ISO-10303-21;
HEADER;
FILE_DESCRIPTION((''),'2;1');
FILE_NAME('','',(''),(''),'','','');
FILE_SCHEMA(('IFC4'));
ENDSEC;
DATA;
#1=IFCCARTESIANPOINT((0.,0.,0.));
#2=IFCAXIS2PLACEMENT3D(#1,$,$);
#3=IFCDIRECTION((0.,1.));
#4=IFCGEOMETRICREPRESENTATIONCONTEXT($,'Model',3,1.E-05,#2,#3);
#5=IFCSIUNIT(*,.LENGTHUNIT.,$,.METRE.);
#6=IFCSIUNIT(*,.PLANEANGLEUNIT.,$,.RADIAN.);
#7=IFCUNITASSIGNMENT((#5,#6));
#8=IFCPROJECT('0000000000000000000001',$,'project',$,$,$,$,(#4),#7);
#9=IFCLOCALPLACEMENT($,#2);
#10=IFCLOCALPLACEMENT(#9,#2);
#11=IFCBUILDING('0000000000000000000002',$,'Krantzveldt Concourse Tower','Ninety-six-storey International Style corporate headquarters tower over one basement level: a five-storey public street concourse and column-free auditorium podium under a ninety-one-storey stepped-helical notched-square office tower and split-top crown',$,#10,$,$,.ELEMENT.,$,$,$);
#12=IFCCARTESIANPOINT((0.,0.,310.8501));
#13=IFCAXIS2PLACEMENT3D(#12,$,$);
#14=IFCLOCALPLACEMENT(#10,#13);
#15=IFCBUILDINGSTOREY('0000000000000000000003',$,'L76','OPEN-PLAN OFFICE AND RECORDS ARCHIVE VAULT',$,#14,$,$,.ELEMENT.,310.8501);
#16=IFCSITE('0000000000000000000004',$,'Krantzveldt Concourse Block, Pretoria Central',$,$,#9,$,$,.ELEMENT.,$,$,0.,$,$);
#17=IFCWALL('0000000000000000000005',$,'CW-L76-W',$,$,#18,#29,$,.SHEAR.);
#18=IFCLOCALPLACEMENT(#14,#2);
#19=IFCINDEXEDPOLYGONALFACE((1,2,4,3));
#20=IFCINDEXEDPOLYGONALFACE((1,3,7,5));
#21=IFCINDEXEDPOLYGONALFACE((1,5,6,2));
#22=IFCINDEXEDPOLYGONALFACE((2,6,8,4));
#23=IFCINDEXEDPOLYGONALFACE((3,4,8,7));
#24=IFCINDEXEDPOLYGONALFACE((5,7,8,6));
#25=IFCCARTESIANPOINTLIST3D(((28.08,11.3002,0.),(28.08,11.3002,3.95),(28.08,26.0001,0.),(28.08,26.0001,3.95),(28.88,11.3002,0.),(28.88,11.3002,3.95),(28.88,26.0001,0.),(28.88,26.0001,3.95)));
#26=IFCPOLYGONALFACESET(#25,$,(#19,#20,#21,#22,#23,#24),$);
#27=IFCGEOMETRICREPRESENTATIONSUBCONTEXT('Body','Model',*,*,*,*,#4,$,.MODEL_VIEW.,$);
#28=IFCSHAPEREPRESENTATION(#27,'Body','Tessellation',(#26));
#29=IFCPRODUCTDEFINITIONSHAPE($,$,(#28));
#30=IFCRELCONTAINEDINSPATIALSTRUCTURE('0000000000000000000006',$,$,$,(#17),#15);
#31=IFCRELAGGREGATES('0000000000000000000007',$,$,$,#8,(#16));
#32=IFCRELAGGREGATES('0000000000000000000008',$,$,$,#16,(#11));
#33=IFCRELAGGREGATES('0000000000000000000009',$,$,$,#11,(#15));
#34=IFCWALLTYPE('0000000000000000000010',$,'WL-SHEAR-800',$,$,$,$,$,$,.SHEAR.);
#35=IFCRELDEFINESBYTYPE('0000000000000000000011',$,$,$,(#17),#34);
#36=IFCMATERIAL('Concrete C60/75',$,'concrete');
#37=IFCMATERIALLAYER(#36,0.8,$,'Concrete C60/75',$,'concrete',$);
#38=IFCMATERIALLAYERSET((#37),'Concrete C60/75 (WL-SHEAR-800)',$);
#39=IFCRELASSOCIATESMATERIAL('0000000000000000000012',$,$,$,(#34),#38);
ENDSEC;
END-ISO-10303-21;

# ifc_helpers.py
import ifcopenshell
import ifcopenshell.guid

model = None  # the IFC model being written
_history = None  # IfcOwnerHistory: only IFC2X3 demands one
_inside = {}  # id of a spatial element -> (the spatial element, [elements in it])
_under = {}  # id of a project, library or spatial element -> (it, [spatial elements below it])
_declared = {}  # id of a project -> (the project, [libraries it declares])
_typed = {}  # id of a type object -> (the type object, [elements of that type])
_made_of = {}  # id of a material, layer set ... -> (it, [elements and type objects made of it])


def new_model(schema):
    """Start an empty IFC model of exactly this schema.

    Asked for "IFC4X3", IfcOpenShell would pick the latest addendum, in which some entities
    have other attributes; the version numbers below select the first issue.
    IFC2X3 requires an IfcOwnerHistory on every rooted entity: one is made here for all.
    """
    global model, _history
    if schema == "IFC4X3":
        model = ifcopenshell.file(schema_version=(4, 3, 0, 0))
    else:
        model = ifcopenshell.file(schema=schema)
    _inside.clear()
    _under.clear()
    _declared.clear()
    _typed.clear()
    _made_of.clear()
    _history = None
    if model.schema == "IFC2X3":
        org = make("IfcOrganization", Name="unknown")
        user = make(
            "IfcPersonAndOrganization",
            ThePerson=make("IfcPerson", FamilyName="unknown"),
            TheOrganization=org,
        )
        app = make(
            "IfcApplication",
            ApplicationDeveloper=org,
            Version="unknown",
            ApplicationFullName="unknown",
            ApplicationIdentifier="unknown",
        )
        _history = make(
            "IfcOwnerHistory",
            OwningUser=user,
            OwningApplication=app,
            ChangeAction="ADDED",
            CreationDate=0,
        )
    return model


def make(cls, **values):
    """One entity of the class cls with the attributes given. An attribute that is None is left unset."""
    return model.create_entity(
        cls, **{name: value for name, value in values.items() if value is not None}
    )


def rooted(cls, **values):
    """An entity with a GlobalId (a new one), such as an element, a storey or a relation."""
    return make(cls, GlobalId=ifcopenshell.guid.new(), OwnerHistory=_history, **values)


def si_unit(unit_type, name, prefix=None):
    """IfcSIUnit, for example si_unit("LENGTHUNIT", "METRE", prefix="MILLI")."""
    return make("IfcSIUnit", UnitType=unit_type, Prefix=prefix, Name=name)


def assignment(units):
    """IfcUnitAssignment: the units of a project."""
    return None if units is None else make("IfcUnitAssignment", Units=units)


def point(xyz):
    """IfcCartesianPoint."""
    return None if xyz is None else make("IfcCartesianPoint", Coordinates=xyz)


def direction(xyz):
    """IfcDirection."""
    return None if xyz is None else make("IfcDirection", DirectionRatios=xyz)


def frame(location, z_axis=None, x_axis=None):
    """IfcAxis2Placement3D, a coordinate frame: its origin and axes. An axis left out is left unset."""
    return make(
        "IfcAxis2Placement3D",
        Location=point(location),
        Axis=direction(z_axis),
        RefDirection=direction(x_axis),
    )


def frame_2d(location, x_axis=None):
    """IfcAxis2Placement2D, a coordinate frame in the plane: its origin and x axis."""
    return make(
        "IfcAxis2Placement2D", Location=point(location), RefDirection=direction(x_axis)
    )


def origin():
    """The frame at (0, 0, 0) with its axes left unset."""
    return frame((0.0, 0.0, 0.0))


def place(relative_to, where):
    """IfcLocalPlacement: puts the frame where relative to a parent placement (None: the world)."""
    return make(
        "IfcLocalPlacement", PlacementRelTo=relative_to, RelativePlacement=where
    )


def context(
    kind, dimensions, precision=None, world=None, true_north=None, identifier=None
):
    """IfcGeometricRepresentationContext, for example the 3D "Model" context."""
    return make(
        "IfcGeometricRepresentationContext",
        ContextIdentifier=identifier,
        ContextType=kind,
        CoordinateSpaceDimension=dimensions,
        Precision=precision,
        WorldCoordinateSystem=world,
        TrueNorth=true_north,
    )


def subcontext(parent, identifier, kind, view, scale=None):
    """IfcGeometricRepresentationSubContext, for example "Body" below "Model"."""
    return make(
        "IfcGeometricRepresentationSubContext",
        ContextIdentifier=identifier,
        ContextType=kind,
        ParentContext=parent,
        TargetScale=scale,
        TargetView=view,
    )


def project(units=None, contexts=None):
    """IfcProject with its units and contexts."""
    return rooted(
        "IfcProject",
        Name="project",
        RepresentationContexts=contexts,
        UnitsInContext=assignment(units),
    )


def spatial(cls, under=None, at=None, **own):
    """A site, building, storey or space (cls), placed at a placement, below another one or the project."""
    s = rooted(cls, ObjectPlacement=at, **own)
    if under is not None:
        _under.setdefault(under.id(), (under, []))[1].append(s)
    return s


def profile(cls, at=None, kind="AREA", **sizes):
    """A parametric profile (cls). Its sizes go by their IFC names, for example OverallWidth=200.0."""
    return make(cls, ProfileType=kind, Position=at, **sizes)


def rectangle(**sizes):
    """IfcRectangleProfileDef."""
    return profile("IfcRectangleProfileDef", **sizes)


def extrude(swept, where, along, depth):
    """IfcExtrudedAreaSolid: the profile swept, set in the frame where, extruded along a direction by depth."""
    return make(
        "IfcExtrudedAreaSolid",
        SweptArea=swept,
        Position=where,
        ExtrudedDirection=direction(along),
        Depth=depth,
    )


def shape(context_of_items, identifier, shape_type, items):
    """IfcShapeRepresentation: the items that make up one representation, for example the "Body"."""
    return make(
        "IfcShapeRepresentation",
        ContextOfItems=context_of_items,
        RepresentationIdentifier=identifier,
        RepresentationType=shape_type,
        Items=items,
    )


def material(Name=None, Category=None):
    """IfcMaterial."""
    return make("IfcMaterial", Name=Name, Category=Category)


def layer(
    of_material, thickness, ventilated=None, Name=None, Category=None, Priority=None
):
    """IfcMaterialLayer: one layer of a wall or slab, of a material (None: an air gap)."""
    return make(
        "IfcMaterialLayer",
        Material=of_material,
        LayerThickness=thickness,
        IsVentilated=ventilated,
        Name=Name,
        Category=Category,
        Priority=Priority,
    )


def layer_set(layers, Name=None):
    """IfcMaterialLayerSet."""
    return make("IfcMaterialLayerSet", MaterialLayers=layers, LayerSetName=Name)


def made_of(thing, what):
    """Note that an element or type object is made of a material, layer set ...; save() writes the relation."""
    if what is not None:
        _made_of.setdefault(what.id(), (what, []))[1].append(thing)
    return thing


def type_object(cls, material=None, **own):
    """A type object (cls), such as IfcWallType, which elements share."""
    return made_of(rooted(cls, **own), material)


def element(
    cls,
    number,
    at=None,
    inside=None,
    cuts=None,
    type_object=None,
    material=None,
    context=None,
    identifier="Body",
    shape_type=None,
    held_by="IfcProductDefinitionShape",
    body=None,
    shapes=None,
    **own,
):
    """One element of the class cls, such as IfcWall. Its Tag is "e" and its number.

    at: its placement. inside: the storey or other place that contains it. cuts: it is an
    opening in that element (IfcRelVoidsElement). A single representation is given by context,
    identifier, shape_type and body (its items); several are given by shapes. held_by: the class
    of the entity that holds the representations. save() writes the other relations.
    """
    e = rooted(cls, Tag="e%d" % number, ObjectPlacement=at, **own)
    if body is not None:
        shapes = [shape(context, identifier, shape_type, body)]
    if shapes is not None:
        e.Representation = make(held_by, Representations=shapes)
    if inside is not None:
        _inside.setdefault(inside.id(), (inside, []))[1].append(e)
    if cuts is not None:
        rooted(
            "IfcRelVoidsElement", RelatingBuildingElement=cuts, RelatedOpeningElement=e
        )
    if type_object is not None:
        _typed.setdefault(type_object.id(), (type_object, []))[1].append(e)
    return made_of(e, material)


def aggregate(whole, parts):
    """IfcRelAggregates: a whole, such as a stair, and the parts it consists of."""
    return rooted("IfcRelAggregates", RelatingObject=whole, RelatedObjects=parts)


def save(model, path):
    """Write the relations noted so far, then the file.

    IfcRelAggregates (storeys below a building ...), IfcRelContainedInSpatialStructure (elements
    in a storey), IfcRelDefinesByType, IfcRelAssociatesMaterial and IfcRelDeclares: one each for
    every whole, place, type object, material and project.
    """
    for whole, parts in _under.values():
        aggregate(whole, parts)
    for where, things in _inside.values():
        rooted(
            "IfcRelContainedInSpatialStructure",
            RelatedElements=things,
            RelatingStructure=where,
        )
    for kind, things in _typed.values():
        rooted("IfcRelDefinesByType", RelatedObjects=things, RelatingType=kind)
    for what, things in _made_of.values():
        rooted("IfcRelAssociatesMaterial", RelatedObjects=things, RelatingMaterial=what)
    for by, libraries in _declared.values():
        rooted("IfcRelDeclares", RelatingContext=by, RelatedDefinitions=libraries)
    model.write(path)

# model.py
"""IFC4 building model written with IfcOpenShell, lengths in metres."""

from ifc_helpers import new_model, si_unit, direction, frame, frame_2d, origin, place, context, subcontext, project, spatial, rectangle, extrude, material, layer, layer_set, type_object, element, save


model = new_model("IFC4")

# Units and contexts
model_context = context("Model", 3, precision=1e-05, world=origin(), true_north=direction((0.0, 1.0)))
body_context = subcontext(model_context, "Body", "Model", "MODEL_VIEW")
ifc_project = project(units=[si_unit("LENGTHUNIT", "METRE"), si_unit("PLANEANGLEUNIT", "RADIAN")], contexts=[model_context])

# Site, building, storey
site_placement = place(None, origin())
site = spatial("IfcSite", under=ifc_project, at=site_placement, Name="Krantzveldt Concourse Block, Pretoria Central", CompositionType="ELEMENT", RefElevation=0.0)
building_placement = place(site_placement, origin())
building = spatial("IfcBuilding", under=site, at=building_placement, Name="Krantzveldt Concourse Tower", Description="Ninety-six-storey International Style corporate headquarters tower over one basement level: a five-storey public street concourse and column-free auditorium podium under a ninety-one-storey stepped-helical notched-square office tower and split-top crown", CompositionType="ELEMENT")
storey_placement = place(building_placement, frame((0.0, 0.0, 310.8501)))
storey = spatial("IfcBuildingStorey", under=building, at=storey_placement, Name="L76", Description="OPEN-PLAN OFFICE AND RECORDS ARCHIVE VAULT", CompositionType="ELEMENT", Elevation=310.8501)

# Wall
ifc_material_1 = material(Name="Concrete C60/75", Category="concrete")
ifc_layer_1 = layer(ifc_material_1, 0.8, Name="Concrete C60/75", Category="concrete")
ifc_layer_set_1 = layer_set([ifc_layer_1], Name="Concrete C60/75 (WL-SHEAR-800)")
wall_type_1 = type_object("IfcWallType", Name="WL-SHEAR-800", PredefinedType="SHEAR", material=ifc_layer_set_1)
wall_1_placement = place(storey_placement, frame((28.48, 11.3, 0.0), z_axis=(0.0, 0.0, 1.0), x_axis=(0.0, 1.0, 0.0)))
element("IfcWall", 1, at=wall_1_placement, inside=storey, type_object=wall_type_1, Name="CW-L76-W", PredefinedType="SHEAR", context=body_context, shape_type="SweptSolid", body=[
    extrude(rectangle(XDim=14.7, YDim=0.8, at=frame_2d((7.3501, 0.0))), origin(), (0.0, 0.0, 1.0), 3.95),
])

save(model, "model.ifc")
